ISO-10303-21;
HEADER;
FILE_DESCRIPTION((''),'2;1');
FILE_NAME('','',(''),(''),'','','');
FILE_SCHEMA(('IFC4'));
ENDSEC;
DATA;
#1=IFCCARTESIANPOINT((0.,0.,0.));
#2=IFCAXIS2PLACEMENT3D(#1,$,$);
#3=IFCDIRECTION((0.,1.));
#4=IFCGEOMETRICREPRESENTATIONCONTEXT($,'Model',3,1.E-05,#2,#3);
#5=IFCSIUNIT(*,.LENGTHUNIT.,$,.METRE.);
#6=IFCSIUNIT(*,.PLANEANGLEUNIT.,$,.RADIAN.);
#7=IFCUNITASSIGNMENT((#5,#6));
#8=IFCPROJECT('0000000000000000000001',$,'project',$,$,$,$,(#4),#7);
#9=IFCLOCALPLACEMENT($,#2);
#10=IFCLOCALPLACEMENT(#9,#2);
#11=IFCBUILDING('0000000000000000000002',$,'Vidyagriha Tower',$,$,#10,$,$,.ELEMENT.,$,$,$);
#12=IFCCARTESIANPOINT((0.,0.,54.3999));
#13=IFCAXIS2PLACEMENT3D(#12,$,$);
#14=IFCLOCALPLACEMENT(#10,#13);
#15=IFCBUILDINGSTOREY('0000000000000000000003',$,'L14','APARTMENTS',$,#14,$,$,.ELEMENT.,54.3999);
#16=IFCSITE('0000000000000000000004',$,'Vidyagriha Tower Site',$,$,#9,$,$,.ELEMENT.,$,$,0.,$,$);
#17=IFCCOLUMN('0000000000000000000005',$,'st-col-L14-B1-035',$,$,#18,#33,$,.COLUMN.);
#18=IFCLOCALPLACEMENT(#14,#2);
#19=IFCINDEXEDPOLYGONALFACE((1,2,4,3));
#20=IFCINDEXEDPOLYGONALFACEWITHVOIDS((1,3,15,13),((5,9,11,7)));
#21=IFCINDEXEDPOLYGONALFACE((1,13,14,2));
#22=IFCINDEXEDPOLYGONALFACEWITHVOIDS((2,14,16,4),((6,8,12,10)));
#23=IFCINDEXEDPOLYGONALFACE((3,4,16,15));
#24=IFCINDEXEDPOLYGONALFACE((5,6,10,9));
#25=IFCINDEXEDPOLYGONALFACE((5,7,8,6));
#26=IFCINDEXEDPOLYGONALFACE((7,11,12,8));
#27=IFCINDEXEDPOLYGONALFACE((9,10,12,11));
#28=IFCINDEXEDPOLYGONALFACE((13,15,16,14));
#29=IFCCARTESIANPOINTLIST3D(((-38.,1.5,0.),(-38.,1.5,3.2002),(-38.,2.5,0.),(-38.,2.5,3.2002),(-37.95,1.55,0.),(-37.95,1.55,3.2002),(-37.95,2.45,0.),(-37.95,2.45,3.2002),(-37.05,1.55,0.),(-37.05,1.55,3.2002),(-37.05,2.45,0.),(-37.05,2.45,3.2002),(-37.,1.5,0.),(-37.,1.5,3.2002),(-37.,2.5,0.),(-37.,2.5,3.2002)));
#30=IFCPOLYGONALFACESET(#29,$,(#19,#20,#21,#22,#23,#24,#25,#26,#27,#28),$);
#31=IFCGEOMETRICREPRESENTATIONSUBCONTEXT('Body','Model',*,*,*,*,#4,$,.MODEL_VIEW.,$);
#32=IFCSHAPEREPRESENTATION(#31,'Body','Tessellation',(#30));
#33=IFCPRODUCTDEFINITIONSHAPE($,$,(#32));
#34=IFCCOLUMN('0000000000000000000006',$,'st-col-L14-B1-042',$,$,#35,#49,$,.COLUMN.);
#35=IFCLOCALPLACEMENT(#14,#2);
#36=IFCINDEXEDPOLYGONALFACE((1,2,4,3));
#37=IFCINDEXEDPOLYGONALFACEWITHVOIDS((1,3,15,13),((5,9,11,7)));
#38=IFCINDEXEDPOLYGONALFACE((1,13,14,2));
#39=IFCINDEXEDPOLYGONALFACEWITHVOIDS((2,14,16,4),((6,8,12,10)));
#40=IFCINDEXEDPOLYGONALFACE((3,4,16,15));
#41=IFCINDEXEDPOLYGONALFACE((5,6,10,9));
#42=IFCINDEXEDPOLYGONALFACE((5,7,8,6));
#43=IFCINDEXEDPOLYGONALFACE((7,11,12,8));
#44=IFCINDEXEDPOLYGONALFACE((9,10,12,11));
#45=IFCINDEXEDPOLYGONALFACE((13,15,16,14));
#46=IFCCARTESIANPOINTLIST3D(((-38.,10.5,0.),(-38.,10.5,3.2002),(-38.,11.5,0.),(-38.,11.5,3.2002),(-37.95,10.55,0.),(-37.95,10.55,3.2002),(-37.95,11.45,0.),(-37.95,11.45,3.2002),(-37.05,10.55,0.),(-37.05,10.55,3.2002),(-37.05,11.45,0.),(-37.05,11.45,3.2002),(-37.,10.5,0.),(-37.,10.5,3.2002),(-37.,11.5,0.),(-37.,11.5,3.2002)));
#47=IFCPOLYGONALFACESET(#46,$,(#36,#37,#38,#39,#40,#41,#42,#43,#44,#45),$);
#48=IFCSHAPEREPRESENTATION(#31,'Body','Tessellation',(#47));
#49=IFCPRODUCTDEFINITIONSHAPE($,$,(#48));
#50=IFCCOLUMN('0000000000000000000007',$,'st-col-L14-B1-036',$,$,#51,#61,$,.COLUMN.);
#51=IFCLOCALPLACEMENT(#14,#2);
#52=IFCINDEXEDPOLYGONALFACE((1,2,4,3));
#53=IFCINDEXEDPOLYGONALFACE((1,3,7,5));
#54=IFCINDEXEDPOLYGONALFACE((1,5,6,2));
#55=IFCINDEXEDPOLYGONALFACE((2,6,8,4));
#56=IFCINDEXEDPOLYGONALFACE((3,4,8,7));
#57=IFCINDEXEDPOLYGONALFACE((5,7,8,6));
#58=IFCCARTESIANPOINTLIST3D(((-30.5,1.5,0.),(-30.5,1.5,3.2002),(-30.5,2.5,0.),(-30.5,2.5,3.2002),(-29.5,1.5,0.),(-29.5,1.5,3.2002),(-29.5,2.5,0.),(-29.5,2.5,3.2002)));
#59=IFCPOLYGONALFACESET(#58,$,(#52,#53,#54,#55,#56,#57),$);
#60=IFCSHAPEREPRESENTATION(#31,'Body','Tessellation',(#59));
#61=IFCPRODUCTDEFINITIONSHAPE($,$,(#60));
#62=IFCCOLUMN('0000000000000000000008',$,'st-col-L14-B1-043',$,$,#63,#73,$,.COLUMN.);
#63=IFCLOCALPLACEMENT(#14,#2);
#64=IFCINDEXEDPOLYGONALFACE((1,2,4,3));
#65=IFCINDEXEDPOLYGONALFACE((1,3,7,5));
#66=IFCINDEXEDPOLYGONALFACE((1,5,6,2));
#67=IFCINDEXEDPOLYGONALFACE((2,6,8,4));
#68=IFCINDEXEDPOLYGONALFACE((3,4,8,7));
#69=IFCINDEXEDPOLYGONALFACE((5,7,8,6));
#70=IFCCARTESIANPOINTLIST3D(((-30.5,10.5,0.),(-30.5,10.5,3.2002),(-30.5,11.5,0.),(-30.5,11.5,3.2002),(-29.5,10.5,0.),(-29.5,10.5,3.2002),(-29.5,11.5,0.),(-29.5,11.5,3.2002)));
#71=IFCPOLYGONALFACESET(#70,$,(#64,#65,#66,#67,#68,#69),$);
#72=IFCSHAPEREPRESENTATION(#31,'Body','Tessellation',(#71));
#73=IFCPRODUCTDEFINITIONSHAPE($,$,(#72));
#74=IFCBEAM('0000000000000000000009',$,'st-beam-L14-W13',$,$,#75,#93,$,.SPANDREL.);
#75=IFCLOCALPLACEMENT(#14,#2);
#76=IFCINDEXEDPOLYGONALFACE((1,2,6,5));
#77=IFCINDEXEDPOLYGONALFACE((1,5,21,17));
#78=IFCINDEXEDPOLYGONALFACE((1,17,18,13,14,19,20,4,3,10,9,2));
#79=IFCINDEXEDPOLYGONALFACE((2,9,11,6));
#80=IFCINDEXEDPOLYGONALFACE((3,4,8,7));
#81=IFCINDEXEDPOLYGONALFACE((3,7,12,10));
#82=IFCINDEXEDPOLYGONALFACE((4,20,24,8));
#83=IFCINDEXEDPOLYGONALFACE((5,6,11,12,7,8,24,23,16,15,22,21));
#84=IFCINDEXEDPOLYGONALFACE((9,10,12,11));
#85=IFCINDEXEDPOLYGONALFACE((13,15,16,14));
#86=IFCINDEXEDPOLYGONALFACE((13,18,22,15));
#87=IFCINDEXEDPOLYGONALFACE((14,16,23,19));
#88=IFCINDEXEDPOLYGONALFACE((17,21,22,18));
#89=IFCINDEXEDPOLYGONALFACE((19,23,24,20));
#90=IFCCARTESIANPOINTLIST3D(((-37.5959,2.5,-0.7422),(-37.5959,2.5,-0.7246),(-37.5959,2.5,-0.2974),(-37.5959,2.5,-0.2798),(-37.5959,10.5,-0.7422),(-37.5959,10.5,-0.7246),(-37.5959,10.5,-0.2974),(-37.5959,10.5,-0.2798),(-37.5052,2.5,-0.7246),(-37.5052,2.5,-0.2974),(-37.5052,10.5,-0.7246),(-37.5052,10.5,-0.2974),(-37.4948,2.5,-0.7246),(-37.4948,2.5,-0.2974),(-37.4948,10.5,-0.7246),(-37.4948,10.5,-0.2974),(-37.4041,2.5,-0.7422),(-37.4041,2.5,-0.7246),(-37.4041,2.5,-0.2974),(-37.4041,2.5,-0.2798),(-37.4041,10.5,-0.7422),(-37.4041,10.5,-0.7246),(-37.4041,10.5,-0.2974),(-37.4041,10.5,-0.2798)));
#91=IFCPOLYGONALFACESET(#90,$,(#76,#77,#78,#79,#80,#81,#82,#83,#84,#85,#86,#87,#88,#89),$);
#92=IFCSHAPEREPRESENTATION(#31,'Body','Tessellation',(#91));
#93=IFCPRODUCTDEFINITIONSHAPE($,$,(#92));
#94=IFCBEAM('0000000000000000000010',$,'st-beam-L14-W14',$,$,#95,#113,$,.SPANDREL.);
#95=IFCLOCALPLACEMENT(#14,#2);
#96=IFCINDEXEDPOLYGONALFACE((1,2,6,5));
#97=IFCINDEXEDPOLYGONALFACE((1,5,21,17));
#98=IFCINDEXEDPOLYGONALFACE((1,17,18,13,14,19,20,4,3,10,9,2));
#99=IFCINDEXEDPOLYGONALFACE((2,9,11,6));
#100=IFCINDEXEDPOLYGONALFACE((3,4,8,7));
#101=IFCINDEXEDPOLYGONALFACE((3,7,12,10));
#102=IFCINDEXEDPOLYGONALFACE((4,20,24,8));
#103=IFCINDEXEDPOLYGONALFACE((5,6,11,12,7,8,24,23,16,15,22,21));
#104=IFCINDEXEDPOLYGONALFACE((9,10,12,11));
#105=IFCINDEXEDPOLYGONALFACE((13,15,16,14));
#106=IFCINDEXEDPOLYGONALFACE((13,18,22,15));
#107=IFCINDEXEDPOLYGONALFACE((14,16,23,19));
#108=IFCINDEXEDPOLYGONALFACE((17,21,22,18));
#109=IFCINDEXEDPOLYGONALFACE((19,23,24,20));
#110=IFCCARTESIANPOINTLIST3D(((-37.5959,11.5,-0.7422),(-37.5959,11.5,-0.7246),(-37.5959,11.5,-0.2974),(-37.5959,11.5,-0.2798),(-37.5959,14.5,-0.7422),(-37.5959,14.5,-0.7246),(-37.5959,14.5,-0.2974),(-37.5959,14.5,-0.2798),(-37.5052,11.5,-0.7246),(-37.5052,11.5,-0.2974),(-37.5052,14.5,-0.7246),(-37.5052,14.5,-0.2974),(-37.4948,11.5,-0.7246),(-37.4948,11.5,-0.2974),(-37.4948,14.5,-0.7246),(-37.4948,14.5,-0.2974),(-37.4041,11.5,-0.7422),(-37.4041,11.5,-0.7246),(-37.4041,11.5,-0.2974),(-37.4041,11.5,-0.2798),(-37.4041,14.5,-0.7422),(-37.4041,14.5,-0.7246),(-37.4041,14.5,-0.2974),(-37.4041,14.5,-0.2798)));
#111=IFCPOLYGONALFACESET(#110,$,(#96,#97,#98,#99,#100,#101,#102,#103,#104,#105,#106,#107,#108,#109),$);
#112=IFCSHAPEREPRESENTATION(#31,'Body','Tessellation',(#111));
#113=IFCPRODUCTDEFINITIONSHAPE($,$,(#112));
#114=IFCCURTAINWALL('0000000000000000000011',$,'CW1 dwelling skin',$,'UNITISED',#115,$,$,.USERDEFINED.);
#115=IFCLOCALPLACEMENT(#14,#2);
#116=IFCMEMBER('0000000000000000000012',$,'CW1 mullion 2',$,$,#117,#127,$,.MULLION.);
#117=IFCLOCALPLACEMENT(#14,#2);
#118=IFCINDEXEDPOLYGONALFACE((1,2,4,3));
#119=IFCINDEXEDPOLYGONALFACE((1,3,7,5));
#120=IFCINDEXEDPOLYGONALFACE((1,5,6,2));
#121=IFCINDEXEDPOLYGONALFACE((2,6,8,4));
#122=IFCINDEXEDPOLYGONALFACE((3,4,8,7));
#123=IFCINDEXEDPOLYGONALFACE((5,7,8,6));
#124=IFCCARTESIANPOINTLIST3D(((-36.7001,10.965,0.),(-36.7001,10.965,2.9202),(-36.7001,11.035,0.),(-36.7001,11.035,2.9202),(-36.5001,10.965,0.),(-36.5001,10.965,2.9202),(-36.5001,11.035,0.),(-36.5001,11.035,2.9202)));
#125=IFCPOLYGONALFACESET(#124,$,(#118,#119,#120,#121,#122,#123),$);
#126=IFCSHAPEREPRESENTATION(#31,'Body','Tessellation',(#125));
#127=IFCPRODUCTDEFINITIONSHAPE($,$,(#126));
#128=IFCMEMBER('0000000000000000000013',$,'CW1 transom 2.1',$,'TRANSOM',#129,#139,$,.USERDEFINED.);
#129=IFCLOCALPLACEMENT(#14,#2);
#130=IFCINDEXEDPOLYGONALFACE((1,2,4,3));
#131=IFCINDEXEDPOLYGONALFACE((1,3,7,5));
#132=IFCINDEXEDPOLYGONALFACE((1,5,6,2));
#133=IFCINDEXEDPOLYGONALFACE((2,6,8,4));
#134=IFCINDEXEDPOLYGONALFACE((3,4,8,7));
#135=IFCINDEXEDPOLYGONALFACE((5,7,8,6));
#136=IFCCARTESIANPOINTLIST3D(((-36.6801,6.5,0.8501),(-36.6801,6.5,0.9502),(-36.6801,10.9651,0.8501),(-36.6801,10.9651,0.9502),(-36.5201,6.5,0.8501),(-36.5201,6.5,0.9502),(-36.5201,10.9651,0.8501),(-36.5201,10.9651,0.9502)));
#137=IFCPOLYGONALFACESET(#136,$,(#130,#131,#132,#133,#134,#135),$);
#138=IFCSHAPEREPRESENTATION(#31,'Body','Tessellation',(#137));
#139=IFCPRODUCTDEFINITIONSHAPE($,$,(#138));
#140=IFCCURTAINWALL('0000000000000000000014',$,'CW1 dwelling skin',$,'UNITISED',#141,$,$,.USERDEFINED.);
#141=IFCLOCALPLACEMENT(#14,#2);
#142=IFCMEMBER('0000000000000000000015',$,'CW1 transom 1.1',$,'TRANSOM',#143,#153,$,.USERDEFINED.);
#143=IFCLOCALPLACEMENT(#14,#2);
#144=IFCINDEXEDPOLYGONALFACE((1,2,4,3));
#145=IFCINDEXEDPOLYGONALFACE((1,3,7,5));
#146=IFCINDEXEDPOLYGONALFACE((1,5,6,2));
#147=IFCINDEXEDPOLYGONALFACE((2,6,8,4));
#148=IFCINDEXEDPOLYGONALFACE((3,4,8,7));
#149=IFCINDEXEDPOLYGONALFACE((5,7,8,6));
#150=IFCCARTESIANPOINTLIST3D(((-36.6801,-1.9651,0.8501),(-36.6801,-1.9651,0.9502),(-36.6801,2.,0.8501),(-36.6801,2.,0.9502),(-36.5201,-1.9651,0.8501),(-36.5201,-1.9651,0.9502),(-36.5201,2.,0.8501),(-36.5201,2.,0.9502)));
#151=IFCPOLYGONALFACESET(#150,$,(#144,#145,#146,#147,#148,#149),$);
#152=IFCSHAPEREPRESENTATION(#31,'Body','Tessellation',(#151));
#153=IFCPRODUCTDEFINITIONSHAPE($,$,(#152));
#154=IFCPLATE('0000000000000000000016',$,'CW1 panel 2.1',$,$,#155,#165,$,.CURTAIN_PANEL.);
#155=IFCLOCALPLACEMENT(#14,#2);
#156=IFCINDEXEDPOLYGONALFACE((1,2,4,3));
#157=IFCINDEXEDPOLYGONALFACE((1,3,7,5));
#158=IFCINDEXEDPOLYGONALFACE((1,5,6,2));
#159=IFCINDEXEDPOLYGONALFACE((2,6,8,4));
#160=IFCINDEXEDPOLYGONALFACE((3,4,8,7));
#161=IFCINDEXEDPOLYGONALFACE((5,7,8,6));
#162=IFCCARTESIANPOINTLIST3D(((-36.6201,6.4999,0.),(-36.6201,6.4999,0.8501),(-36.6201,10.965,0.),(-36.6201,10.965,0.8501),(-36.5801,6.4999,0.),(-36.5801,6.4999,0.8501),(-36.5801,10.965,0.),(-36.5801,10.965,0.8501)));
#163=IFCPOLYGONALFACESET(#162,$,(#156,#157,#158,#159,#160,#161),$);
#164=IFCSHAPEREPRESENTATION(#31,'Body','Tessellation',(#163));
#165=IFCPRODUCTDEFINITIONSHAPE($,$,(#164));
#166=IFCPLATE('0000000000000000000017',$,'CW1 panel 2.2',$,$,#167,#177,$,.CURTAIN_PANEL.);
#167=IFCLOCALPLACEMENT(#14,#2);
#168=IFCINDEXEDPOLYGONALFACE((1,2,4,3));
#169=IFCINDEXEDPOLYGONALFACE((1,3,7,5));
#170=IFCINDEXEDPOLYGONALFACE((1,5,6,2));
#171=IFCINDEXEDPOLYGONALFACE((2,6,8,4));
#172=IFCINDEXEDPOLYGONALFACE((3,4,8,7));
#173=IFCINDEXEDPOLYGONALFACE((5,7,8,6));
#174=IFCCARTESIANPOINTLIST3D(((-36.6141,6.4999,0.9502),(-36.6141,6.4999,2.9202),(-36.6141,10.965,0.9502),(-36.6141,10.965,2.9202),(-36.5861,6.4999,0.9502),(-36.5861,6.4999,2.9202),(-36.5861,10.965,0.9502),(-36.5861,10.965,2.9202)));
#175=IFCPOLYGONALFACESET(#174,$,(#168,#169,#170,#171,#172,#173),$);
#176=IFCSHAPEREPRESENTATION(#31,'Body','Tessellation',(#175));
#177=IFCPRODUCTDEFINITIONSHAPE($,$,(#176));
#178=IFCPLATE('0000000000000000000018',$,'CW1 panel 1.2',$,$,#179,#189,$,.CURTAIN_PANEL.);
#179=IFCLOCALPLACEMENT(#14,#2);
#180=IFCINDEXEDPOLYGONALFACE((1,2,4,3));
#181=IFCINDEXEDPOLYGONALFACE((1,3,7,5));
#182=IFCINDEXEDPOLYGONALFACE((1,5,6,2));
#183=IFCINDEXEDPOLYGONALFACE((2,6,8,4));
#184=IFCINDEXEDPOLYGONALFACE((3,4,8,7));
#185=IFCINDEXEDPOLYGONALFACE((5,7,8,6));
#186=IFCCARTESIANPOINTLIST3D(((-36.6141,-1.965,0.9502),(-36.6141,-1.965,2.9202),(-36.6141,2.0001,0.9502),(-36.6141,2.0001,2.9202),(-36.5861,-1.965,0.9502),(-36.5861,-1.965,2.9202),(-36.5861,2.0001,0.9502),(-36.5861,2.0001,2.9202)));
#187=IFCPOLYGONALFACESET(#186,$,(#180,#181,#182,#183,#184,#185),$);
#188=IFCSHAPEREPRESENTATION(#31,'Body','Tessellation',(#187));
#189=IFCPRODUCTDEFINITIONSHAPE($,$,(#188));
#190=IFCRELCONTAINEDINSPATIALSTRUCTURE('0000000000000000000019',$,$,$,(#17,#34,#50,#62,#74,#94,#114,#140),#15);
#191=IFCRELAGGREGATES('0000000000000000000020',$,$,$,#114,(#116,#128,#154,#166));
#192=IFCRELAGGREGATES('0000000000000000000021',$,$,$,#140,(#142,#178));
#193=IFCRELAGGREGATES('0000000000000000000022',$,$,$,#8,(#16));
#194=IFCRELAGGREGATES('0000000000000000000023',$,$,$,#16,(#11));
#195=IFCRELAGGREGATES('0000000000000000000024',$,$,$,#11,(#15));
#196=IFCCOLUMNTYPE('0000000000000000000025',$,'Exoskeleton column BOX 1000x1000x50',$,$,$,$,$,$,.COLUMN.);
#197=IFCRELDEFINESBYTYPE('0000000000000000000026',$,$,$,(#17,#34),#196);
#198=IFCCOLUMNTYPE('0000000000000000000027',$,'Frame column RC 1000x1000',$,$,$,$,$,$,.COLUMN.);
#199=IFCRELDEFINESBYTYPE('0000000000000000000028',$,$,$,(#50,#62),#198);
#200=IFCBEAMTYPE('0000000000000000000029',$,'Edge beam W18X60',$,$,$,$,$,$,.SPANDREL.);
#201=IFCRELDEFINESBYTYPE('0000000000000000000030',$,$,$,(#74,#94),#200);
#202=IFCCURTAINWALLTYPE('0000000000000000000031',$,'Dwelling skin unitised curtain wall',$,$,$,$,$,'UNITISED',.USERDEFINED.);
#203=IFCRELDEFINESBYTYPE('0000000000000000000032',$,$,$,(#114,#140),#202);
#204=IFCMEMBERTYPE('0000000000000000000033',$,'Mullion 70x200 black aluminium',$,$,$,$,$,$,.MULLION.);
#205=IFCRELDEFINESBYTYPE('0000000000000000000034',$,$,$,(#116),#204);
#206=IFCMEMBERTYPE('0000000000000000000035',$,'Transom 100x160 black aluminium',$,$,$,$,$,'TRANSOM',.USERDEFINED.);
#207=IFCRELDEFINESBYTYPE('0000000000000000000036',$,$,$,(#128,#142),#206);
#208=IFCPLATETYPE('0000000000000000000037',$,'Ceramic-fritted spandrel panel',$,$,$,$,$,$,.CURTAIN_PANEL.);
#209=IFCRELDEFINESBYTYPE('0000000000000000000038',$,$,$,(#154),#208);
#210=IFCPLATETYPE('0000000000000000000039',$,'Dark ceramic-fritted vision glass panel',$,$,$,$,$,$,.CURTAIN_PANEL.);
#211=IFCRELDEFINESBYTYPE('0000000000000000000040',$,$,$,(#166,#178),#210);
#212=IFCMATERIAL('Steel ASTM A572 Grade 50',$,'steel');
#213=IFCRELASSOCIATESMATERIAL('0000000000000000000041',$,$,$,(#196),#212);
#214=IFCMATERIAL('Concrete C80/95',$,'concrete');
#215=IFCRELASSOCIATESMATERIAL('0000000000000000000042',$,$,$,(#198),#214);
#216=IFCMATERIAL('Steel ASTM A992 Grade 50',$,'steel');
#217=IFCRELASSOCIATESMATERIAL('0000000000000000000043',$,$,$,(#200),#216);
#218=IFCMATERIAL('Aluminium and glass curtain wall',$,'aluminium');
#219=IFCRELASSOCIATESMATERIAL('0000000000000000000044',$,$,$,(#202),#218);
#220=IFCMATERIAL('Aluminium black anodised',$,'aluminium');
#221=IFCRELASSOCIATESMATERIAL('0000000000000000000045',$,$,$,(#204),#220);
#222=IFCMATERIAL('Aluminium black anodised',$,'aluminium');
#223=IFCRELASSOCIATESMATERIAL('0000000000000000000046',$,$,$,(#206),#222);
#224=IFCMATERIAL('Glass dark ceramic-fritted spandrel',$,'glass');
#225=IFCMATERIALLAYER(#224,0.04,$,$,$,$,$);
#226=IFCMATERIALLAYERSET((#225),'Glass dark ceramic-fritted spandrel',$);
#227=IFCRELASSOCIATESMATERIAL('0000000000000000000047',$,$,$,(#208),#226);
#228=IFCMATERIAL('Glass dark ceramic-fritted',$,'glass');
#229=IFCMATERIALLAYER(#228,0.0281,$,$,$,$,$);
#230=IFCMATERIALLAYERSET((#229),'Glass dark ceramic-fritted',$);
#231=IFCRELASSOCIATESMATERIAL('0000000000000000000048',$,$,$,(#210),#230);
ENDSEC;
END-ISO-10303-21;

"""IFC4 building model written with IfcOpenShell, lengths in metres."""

from ifc_helpers import new_model, si_unit, direction, frame, origin, origin_2d, place, context, subcontext, project, spatial, rectangle, hollow_rectangle, i_section, extrude, material, layer, layer_set, material_profile, profile_set, type_object, element, aggregate, save


model = new_model("IFC4")

# Units and contexts
model_context = context("Model", 3, precision=1e-05, world=origin(), true_north=direction((0.0, 1.0)))
body_context = subcontext(model_context, "Body", "Model", "MODEL_VIEW")
ifc_project = project(units=[si_unit("LENGTHUNIT", "METRE"), si_unit("PLANEANGLEUNIT", "RADIAN")], contexts=[model_context])

# Site, building, storey
site_placement = place(None, origin())
site = spatial("IfcSite", under=ifc_project, at=site_placement, Name="Vidyagriha Tower Site", CompositionType="ELEMENT", RefElevation=0.0)
building_placement = place(site_placement, origin())
building = spatial("IfcBuilding", under=site, at=building_placement, Name="Vidyagriha Tower", CompositionType="ELEMENT")
storey_placement = place(building_placement, frame((0.0, 0.0, 54.3999)))
storey = spatial("IfcBuildingStorey", under=building, at=storey_placement, Name="L14", Description="APARTMENTS", CompositionType="ELEMENT", Elevation=54.3999)

# Columns
ifc_material_1 = material(Name="Steel ASTM A572 Grade 50", Category="steel")
ifc_material_profile_1 = material_profile(ifc_material_1, hollow_rectangle(XDim=1.0, YDim=1.0, WallThickness=0.05, at=origin_2d()), Name="BOX 1000x1000x50")
ifc_profile_set_1 = profile_set([ifc_material_profile_1], Name="Steel ASTM A572 Grade 50")
column_type_1 = type_object("IfcColumnType", Name="Exoskeleton column BOX 1000x1000x50", PredefinedType="COLUMN", material=ifc_profile_set_1)
for number, where, name in (
    (1, (-37.5, 2.0, 0.0), "st-col-L14-B1-035"),
    (2, (-37.5, 11.0, 0.0), "st-col-L14-B1-042"),
):
    element("IfcColumn", number, at=place(storey_placement, frame(where)), inside=storey, type_object=column_type_1, Name=name, PredefinedType="COLUMN", context=body_context, shape_type="SweptSolid", body=[
        extrude(hollow_rectangle(XDim=1.0, YDim=1.0, WallThickness=0.05, at=origin_2d()), origin(), (0.0, 0.0, 1.0), 3.2002),
    ])
ifc_material_2 = material(Name="Concrete C80/95", Category="concrete")
ifc_material_profile_2 = material_profile(ifc_material_2, rectangle(XDim=1.0, YDim=1.0, at=origin_2d()), Name="RC 1000x1000")
ifc_profile_set_2 = profile_set([ifc_material_profile_2], Name="Concrete C80/95")
column_type_2 = type_object("IfcColumnType", Name="Frame column RC 1000x1000", PredefinedType="COLUMN", material=ifc_profile_set_2)
for number, where, name in (
    (3, (-30.0, 2.0, 0.0), "st-col-L14-B1-036"),
    (4, (-30.0, 11.0, 0.0), "st-col-L14-B1-043"),
):
    element("IfcColumn", number, at=place(storey_placement, frame(where)), inside=storey, type_object=column_type_2, Name=name, PredefinedType="COLUMN", context=body_context, shape_type="SweptSolid", body=[
        extrude(rectangle(XDim=1.0, YDim=1.0, at=origin_2d()), origin(), (0.0, 0.0, 1.0), 3.2002),
    ])

# Beams
ifc_material_3 = material(Name="Steel ASTM A992 Grade 50", Category="steel")
ifc_material_profile_3 = material_profile(ifc_material_3, i_section(OverallWidth=0.1919, OverallDepth=0.4624, WebThickness=0.0105, FlangeThickness=0.0176, at=origin_2d()), Name="W18X60")
ifc_profile_set_3 = profile_set([ifc_material_profile_3], Name="Steel ASTM A992 Grade 50")
beam_type = type_object("IfcBeamType", Name="Edge beam W18X60", PredefinedType="SPANDREL", material=ifc_profile_set_3)
beam_1_placement = place(storey_placement, frame((-37.5, 2.5, -0.511), z_axis=(0.0, 1.0, 0.0), x_axis=(-1.0, 0.0, 0.0)))
element("IfcBeam", 5, at=beam_1_placement, inside=storey, type_object=beam_type, Name="st-beam-L14-W13", PredefinedType="SPANDREL", context=body_context, shape_type="SweptSolid", body=[
    extrude(i_section(OverallWidth=0.1919, OverallDepth=0.4624, WebThickness=0.0105, FlangeThickness=0.0176, at=origin_2d()), origin(), (0.0, 0.0, 1.0), 8.0),
])
beam_2_placement = place(storey_placement, frame((-37.5, 11.5, -0.511), z_axis=(0.0, 1.0, 0.0), x_axis=(-1.0, 0.0, 0.0)))
element("IfcBeam", 6, at=beam_2_placement, inside=storey, type_object=beam_type, Name="st-beam-L14-W14", PredefinedType="SPANDREL", context=body_context, shape_type="SweptSolid", body=[
    extrude(i_section(OverallWidth=0.1919, OverallDepth=0.4624, WebThickness=0.0105, FlangeThickness=0.0176, at=origin_2d()), origin(), (0.0, 0.0, 1.0), 3.0),
])

# Curtain wall, members
ifc_material_4 = material(Name="Aluminium and glass curtain wall", Category="aluminium")
curtain_wall_type = type_object("IfcCurtainWallType", Name="Dwelling skin unitised curtain wall", ElementType="UNITISED", PredefinedType="USERDEFINED", material=ifc_material_4)
curtain_wall_1_placement = place(storey_placement, origin())
curtain_wall_1 = element("IfcCurtainWall", 7, at=curtain_wall_1_placement, inside=storey, type_object=curtain_wall_type, Name="CW1 dwelling skin", ObjectType="UNITISED", PredefinedType="USERDEFINED")
ifc_material_5 = material(Name="Aluminium black anodised", Category="aluminium")
ifc_material_profile_4 = material_profile(ifc_material_5, rectangle(XDim=0.2, YDim=0.0701, at=origin_2d()), Name="Mullion 70x200 black aluminium")
ifc_profile_set_4 = profile_set([ifc_material_profile_4], Name="Aluminium black anodised")
member_type_1 = type_object("IfcMemberType", Name="Mullion 70x200 black aluminium", PredefinedType="MULLION", material=ifc_profile_set_4)
member_1_placement = place(storey_placement, frame((-36.6001, 11.0, 0.0)))
member_1 = element("IfcMember", 8, at=member_1_placement, type_object=member_type_1, Name="CW1 mullion 2", PredefinedType="MULLION", context=body_context, shape_type="SweptSolid", body=[
    extrude(rectangle(XDim=0.2, YDim=0.0701, at=origin_2d()), origin(), (0.0, 0.0, 1.0), 2.9202),
])
ifc_material_6 = material(Name="Aluminium black anodised", Category="aluminium")
ifc_material_profile_5 = material_profile(ifc_material_6, rectangle(XDim=0.1599, YDim=0.1001, at=origin_2d()), Name="Transom 100x160 black aluminium")
ifc_profile_set_5 = profile_set([ifc_material_profile_5], Name="Aluminium black anodised")
member_type_2 = type_object("IfcMemberType", Name="Transom 100x160 black aluminium", ElementType="TRANSOM", PredefinedType="USERDEFINED", material=ifc_profile_set_5)
member_2_placement = place(storey_placement, frame((-36.6001, 10.9651, 0.9001), z_axis=(0.0, -1.0, 0.0), x_axis=(1.0, 0.0, 0.0)))
member_2 = element("IfcMember", 9, at=member_2_placement, type_object=member_type_2, Name="CW1 transom 2.1", ObjectType="TRANSOM", PredefinedType="USERDEFINED", context=body_context, shape_type="SweptSolid", body=[
    extrude(rectangle(XDim=0.1599, YDim=0.1001, at=origin_2d()), origin(), (0.0, 0.0, 1.0), 4.4651),
])

# Curtain wall, member
curtain_wall_2_placement = place(storey_placement, origin())
curtain_wall_2 = element("IfcCurtainWall", 10, at=curtain_wall_2_placement, inside=storey, type_object=curtain_wall_type, Name="CW1 dwelling skin", ObjectType="UNITISED", PredefinedType="USERDEFINED")
member_3_placement = place(storey_placement, frame((-36.6001, 2.0, 0.9001), z_axis=(0.0, -1.0, 0.0), x_axis=(1.0, 0.0, 0.0)))
member_3 = element("IfcMember", 11, at=member_3_placement, type_object=member_type_2, Name="CW1 transom 1.1", ObjectType="TRANSOM", PredefinedType="USERDEFINED", context=body_context, shape_type="SweptSolid", body=[
    extrude(rectangle(XDim=0.1599, YDim=0.1001, at=origin_2d()), origin(), (0.0, 0.0, 1.0), 3.9651),
])

# Plates
ifc_material_7 = material(Name="Glass dark ceramic-fritted spandrel", Category="glass")
ifc_layer_1 = layer(ifc_material_7, 0.04)
ifc_layer_set_1 = layer_set([ifc_layer_1], Name="Glass dark ceramic-fritted spandrel")
plate_type_1 = type_object("IfcPlateType", Name="Ceramic-fritted spandrel panel", PredefinedType="CURTAIN_PANEL", material=ifc_layer_set_1)
plate_1_placement = place(storey_placement, frame((-36.6001, 8.7324, 0.0), z_axis=(0.0, 0.0, 1.0), x_axis=(0.0, -1.0, 0.0)))
plate_1 = element("IfcPlate", 12, at=plate_1_placement, type_object=plate_type_1, Name="CW1 panel 2.1", PredefinedType="CURTAIN_PANEL", context=body_context, shape_type="SweptSolid", body=[
    extrude(rectangle(XDim=4.4651, YDim=0.04, at=origin_2d()), origin(), (0.0, 0.0, 1.0), 0.8501),
])
ifc_material_8 = material(Name="Glass dark ceramic-fritted", Category="glass")
ifc_layer_2 = layer(ifc_material_8, 0.0281)
ifc_layer_set_2 = layer_set([ifc_layer_2], Name="Glass dark ceramic-fritted")
plate_type_2 = type_object("IfcPlateType", Name="Dark ceramic-fritted vision glass panel", PredefinedType="CURTAIN_PANEL", material=ifc_layer_set_2)
plate_2_placement = place(storey_placement, frame((-36.6001, 8.7324, 0.9502), z_axis=(0.0, 0.0, 1.0), x_axis=(0.0, -1.0, 0.0)))
plate_2 = element("IfcPlate", 13, at=plate_2_placement, type_object=plate_type_2, Name="CW1 panel 2.2", PredefinedType="CURTAIN_PANEL", context=body_context, shape_type="SweptSolid", body=[
    extrude(rectangle(XDim=4.4651, YDim=0.0281, at=origin_2d()), origin(), (0.0, 0.0, 1.0), 1.97),
])
aggregate(curtain_wall_1, [member_1, member_2, plate_1, plate_2])
plate_3_placement = place(storey_placement, frame((-36.6001, 0.0176, 0.9502), z_axis=(0.0, 0.0, 1.0), x_axis=(0.0, -1.0, 0.0)))
plate_3 = element("IfcPlate", 14, at=plate_3_placement, type_object=plate_type_2, Name="CW1 panel 1.2", PredefinedType="CURTAIN_PANEL", context=body_context, shape_type="SweptSolid", body=[
    extrude(rectangle(XDim=3.9651, YDim=0.0281, at=origin_2d()), origin(), (0.0, 0.0, 1.0), 1.97),
])
aggregate(curtain_wall_2, [member_3, plate_3])

save(model, "model.ifc")
